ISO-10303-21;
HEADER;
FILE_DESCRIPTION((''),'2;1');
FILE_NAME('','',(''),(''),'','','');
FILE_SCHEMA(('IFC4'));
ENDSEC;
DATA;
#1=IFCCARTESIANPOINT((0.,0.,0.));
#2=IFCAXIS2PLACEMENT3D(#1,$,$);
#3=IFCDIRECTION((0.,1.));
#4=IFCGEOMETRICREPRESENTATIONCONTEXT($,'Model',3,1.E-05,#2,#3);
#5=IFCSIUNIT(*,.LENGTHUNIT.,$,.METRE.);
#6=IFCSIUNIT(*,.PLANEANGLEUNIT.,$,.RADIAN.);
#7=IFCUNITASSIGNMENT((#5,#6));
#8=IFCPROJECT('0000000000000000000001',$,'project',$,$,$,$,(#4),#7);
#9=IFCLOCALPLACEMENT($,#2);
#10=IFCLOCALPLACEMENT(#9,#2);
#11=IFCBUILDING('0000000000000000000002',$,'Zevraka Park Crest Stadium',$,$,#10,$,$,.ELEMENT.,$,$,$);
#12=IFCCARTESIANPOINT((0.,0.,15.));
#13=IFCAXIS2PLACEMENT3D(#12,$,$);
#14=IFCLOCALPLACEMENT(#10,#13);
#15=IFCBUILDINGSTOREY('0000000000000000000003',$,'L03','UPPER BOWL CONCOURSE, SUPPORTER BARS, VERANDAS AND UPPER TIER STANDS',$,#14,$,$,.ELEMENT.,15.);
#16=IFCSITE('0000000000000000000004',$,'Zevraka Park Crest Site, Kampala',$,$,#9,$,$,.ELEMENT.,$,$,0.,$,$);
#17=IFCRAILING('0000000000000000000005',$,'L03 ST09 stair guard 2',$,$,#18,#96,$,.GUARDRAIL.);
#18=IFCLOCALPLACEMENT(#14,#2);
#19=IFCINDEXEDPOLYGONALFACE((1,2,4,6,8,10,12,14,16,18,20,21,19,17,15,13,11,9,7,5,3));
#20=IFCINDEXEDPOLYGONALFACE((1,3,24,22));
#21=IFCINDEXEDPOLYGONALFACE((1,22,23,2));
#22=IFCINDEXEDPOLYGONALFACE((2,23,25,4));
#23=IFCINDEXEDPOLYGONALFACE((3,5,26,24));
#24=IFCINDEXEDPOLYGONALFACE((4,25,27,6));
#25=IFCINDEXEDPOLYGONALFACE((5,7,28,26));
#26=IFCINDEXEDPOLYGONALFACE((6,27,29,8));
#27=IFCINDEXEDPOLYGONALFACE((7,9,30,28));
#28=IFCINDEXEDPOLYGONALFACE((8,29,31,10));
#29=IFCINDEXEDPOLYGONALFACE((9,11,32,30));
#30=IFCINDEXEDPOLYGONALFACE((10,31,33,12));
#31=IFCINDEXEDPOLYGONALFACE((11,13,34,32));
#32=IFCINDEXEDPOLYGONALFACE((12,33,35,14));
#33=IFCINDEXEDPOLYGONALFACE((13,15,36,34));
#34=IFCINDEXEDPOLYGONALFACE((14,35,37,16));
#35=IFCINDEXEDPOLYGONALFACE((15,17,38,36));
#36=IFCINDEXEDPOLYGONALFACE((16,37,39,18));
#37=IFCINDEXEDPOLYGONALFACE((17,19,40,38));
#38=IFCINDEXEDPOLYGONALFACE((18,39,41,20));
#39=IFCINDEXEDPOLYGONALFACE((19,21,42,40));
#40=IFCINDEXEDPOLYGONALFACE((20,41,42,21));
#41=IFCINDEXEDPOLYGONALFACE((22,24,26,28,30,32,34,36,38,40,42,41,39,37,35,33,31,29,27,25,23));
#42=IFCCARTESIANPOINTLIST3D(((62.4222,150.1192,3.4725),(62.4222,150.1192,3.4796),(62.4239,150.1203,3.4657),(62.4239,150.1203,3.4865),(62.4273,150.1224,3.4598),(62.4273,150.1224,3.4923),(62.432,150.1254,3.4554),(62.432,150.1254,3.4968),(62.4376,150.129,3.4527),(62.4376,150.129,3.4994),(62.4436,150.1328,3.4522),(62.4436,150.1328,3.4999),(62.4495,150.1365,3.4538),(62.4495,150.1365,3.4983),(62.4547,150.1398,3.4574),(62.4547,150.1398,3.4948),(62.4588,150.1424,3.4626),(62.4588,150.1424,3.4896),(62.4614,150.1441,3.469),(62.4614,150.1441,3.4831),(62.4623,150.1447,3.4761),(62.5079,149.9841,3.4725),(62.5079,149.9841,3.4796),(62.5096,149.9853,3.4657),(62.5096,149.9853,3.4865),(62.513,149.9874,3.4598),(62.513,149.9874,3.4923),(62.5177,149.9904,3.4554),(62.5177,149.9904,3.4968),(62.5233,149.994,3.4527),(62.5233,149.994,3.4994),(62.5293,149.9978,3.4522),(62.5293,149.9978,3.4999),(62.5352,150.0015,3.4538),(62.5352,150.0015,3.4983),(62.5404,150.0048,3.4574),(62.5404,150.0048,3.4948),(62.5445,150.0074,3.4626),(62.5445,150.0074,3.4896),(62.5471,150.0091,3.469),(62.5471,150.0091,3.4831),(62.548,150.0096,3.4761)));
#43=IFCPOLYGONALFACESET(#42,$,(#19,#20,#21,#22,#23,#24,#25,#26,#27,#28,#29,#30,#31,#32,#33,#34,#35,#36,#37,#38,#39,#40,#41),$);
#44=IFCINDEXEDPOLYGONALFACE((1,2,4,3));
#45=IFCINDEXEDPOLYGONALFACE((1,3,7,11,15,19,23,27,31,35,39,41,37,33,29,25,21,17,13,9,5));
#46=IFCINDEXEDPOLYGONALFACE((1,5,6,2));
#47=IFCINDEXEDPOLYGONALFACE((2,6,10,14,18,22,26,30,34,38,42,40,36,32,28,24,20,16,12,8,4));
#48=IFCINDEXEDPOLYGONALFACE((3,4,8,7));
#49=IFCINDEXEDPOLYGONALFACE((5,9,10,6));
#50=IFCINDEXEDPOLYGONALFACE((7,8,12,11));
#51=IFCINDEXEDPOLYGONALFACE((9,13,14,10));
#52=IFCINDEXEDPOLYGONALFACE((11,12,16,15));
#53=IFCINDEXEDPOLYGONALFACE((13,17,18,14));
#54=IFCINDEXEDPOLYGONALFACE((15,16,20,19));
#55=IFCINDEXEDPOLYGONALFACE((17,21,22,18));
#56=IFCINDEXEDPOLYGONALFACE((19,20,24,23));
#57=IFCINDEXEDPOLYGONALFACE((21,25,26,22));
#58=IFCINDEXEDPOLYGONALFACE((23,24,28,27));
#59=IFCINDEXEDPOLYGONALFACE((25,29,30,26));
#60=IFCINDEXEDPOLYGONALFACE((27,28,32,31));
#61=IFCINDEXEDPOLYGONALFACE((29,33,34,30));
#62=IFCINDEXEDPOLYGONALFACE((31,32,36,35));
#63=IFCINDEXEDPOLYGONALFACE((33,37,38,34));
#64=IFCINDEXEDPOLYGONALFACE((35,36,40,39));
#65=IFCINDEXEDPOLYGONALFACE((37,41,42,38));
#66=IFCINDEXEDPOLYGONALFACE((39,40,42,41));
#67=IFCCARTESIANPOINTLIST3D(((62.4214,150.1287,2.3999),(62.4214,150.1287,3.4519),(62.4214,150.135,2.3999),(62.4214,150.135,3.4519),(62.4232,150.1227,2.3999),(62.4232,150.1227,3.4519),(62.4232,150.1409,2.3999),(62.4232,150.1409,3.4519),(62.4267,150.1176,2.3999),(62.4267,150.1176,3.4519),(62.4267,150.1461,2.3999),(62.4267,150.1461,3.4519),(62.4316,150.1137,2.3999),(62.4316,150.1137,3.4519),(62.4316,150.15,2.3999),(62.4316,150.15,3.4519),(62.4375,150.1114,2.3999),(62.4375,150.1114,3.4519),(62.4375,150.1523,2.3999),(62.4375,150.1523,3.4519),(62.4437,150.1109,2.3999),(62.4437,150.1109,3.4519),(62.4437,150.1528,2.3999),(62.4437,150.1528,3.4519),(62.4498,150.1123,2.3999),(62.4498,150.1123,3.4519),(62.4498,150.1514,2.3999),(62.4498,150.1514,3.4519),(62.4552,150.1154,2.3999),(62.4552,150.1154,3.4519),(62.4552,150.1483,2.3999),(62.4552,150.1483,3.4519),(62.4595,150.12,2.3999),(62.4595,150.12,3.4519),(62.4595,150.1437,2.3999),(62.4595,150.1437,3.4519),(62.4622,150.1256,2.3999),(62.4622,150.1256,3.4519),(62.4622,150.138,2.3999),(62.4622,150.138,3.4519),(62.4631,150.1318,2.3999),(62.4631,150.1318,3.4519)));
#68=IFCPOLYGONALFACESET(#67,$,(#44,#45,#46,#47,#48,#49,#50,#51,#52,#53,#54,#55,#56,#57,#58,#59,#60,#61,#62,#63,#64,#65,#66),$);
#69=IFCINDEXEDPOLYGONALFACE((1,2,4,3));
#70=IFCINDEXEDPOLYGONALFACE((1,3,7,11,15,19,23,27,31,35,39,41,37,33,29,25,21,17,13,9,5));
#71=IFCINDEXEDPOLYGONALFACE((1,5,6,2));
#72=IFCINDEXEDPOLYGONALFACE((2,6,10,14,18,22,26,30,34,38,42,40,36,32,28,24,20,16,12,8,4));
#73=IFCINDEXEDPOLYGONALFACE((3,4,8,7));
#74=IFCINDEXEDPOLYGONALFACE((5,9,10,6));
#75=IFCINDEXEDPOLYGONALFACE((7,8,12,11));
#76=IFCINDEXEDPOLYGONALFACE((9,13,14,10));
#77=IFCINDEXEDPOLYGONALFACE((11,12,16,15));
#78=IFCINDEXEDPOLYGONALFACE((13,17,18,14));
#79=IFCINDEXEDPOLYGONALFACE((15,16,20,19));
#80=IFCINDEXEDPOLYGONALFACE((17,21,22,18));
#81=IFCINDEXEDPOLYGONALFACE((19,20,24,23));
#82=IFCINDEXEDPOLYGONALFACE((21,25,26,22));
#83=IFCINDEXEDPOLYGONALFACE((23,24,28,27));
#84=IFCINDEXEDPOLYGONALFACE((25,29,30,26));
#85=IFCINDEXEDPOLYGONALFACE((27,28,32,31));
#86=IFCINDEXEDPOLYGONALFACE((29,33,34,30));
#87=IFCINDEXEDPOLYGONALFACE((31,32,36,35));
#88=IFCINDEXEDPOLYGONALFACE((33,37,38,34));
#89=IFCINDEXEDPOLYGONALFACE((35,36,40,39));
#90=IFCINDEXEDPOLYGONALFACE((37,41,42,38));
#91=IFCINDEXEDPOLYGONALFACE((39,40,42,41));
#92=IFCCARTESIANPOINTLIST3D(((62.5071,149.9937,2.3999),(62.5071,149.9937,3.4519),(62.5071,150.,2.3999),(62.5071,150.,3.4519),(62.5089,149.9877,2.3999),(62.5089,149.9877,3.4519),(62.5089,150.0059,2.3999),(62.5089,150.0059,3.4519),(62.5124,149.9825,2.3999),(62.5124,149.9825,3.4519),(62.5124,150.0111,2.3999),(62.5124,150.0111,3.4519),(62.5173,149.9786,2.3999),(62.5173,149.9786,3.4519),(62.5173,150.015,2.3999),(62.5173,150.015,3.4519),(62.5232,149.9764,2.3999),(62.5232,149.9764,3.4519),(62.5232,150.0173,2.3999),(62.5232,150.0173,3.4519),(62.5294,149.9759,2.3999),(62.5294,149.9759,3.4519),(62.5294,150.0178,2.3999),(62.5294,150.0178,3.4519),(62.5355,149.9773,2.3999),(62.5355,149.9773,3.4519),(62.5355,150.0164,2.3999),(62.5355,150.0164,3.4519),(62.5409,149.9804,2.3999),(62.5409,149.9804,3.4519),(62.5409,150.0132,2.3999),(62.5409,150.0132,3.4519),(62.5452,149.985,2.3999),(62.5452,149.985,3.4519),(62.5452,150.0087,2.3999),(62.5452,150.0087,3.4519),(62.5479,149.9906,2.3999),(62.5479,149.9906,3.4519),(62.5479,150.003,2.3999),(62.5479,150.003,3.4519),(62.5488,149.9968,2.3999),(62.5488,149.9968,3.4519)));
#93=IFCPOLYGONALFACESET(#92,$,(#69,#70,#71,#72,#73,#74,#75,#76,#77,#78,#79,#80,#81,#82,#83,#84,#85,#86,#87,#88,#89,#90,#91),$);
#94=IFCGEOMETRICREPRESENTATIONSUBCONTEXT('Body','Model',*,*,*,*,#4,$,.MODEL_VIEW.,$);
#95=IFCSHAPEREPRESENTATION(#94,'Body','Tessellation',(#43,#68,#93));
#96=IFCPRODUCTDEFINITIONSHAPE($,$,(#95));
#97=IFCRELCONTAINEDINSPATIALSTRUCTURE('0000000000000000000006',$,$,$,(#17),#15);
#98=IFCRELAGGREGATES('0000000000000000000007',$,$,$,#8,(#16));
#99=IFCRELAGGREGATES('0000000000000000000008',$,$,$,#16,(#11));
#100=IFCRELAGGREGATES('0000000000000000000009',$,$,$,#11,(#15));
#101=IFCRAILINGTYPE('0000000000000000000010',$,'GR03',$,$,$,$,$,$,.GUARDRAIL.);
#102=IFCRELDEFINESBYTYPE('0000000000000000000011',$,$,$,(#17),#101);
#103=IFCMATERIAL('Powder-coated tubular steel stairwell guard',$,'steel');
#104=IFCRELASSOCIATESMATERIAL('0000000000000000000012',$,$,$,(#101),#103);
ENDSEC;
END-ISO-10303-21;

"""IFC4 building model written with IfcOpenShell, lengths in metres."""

from ifc_helpers import new_model, si_unit, direction, frame, origin, origin_2d, place, context, subcontext, project, spatial, circle, extrude, material, type_object, element, save


model = new_model("IFC4")

# Units and contexts
model_context = context("Model", 3, precision=1e-05, world=origin(), true_north=direction((0.0, 1.0)))
body_context = subcontext(model_context, "Body", "Model", "MODEL_VIEW")
ifc_project = project(units=[si_unit("LENGTHUNIT", "METRE"), si_unit("PLANEANGLEUNIT", "RADIAN")], contexts=[model_context])

# Site, building, storey
site_placement = place(None, origin())
site = spatial("IfcSite", under=ifc_project, at=site_placement, Name="Zevraka Park Crest Site, Kampala", CompositionType="ELEMENT", RefElevation=0.0)
building_placement = place(site_placement, origin())
building = spatial("IfcBuilding", under=site, at=building_placement, Name="Zevraka Park Crest Stadium", CompositionType="ELEMENT")
storey_placement = place(building_placement, frame((0.0, 0.0, 15.0)))
storey = spatial("IfcBuildingStorey", under=building, at=storey_placement, Name="L03", Description="UPPER BOWL CONCOURSE, SUPPORTER BARS, VERANDAS AND UPPER TIER STANDS", CompositionType="ELEMENT", Elevation=15.0)

# Railing
ifc_material_1 = material(Name="Powder-coated tubular steel stairwell guard", Category="steel")
railing_type_1 = type_object("IfcRailingType", Name="GR03", PredefinedType="GUARDRAIL", material=ifc_material_1)
railing_1_placement = place(storey_placement, frame((62.4421, 150.1318, 2.3999)))
element("IfcRailing", 1, at=railing_1_placement, inside=storey, type_object=railing_type_1, Name="L03 ST09 stair guard 2", PredefinedType="GUARDRAIL", context=body_context, shape_type="SweptSolid", body=[
    extrude(circle(Radius=0.0239, at=origin_2d()), frame((0.0, 0.0, 1.0762), z_axis=(0.535887, -0.84429, 0.0), x_axis=(0.84429, 0.535887, 0.0)), (0.0, 0.0, 1.0), 0.1599),
    extrude(circle(Radius=0.021, at=origin_2d()), origin(), (0.0, 0.0, 1.0), 1.052),
    extrude(circle(Radius=0.021, at=origin_2d()), frame((0.0857, -0.135, 0.0)), (0.0, 0.0, 1.0), 1.052),
])

save(model, "model.ifc")
